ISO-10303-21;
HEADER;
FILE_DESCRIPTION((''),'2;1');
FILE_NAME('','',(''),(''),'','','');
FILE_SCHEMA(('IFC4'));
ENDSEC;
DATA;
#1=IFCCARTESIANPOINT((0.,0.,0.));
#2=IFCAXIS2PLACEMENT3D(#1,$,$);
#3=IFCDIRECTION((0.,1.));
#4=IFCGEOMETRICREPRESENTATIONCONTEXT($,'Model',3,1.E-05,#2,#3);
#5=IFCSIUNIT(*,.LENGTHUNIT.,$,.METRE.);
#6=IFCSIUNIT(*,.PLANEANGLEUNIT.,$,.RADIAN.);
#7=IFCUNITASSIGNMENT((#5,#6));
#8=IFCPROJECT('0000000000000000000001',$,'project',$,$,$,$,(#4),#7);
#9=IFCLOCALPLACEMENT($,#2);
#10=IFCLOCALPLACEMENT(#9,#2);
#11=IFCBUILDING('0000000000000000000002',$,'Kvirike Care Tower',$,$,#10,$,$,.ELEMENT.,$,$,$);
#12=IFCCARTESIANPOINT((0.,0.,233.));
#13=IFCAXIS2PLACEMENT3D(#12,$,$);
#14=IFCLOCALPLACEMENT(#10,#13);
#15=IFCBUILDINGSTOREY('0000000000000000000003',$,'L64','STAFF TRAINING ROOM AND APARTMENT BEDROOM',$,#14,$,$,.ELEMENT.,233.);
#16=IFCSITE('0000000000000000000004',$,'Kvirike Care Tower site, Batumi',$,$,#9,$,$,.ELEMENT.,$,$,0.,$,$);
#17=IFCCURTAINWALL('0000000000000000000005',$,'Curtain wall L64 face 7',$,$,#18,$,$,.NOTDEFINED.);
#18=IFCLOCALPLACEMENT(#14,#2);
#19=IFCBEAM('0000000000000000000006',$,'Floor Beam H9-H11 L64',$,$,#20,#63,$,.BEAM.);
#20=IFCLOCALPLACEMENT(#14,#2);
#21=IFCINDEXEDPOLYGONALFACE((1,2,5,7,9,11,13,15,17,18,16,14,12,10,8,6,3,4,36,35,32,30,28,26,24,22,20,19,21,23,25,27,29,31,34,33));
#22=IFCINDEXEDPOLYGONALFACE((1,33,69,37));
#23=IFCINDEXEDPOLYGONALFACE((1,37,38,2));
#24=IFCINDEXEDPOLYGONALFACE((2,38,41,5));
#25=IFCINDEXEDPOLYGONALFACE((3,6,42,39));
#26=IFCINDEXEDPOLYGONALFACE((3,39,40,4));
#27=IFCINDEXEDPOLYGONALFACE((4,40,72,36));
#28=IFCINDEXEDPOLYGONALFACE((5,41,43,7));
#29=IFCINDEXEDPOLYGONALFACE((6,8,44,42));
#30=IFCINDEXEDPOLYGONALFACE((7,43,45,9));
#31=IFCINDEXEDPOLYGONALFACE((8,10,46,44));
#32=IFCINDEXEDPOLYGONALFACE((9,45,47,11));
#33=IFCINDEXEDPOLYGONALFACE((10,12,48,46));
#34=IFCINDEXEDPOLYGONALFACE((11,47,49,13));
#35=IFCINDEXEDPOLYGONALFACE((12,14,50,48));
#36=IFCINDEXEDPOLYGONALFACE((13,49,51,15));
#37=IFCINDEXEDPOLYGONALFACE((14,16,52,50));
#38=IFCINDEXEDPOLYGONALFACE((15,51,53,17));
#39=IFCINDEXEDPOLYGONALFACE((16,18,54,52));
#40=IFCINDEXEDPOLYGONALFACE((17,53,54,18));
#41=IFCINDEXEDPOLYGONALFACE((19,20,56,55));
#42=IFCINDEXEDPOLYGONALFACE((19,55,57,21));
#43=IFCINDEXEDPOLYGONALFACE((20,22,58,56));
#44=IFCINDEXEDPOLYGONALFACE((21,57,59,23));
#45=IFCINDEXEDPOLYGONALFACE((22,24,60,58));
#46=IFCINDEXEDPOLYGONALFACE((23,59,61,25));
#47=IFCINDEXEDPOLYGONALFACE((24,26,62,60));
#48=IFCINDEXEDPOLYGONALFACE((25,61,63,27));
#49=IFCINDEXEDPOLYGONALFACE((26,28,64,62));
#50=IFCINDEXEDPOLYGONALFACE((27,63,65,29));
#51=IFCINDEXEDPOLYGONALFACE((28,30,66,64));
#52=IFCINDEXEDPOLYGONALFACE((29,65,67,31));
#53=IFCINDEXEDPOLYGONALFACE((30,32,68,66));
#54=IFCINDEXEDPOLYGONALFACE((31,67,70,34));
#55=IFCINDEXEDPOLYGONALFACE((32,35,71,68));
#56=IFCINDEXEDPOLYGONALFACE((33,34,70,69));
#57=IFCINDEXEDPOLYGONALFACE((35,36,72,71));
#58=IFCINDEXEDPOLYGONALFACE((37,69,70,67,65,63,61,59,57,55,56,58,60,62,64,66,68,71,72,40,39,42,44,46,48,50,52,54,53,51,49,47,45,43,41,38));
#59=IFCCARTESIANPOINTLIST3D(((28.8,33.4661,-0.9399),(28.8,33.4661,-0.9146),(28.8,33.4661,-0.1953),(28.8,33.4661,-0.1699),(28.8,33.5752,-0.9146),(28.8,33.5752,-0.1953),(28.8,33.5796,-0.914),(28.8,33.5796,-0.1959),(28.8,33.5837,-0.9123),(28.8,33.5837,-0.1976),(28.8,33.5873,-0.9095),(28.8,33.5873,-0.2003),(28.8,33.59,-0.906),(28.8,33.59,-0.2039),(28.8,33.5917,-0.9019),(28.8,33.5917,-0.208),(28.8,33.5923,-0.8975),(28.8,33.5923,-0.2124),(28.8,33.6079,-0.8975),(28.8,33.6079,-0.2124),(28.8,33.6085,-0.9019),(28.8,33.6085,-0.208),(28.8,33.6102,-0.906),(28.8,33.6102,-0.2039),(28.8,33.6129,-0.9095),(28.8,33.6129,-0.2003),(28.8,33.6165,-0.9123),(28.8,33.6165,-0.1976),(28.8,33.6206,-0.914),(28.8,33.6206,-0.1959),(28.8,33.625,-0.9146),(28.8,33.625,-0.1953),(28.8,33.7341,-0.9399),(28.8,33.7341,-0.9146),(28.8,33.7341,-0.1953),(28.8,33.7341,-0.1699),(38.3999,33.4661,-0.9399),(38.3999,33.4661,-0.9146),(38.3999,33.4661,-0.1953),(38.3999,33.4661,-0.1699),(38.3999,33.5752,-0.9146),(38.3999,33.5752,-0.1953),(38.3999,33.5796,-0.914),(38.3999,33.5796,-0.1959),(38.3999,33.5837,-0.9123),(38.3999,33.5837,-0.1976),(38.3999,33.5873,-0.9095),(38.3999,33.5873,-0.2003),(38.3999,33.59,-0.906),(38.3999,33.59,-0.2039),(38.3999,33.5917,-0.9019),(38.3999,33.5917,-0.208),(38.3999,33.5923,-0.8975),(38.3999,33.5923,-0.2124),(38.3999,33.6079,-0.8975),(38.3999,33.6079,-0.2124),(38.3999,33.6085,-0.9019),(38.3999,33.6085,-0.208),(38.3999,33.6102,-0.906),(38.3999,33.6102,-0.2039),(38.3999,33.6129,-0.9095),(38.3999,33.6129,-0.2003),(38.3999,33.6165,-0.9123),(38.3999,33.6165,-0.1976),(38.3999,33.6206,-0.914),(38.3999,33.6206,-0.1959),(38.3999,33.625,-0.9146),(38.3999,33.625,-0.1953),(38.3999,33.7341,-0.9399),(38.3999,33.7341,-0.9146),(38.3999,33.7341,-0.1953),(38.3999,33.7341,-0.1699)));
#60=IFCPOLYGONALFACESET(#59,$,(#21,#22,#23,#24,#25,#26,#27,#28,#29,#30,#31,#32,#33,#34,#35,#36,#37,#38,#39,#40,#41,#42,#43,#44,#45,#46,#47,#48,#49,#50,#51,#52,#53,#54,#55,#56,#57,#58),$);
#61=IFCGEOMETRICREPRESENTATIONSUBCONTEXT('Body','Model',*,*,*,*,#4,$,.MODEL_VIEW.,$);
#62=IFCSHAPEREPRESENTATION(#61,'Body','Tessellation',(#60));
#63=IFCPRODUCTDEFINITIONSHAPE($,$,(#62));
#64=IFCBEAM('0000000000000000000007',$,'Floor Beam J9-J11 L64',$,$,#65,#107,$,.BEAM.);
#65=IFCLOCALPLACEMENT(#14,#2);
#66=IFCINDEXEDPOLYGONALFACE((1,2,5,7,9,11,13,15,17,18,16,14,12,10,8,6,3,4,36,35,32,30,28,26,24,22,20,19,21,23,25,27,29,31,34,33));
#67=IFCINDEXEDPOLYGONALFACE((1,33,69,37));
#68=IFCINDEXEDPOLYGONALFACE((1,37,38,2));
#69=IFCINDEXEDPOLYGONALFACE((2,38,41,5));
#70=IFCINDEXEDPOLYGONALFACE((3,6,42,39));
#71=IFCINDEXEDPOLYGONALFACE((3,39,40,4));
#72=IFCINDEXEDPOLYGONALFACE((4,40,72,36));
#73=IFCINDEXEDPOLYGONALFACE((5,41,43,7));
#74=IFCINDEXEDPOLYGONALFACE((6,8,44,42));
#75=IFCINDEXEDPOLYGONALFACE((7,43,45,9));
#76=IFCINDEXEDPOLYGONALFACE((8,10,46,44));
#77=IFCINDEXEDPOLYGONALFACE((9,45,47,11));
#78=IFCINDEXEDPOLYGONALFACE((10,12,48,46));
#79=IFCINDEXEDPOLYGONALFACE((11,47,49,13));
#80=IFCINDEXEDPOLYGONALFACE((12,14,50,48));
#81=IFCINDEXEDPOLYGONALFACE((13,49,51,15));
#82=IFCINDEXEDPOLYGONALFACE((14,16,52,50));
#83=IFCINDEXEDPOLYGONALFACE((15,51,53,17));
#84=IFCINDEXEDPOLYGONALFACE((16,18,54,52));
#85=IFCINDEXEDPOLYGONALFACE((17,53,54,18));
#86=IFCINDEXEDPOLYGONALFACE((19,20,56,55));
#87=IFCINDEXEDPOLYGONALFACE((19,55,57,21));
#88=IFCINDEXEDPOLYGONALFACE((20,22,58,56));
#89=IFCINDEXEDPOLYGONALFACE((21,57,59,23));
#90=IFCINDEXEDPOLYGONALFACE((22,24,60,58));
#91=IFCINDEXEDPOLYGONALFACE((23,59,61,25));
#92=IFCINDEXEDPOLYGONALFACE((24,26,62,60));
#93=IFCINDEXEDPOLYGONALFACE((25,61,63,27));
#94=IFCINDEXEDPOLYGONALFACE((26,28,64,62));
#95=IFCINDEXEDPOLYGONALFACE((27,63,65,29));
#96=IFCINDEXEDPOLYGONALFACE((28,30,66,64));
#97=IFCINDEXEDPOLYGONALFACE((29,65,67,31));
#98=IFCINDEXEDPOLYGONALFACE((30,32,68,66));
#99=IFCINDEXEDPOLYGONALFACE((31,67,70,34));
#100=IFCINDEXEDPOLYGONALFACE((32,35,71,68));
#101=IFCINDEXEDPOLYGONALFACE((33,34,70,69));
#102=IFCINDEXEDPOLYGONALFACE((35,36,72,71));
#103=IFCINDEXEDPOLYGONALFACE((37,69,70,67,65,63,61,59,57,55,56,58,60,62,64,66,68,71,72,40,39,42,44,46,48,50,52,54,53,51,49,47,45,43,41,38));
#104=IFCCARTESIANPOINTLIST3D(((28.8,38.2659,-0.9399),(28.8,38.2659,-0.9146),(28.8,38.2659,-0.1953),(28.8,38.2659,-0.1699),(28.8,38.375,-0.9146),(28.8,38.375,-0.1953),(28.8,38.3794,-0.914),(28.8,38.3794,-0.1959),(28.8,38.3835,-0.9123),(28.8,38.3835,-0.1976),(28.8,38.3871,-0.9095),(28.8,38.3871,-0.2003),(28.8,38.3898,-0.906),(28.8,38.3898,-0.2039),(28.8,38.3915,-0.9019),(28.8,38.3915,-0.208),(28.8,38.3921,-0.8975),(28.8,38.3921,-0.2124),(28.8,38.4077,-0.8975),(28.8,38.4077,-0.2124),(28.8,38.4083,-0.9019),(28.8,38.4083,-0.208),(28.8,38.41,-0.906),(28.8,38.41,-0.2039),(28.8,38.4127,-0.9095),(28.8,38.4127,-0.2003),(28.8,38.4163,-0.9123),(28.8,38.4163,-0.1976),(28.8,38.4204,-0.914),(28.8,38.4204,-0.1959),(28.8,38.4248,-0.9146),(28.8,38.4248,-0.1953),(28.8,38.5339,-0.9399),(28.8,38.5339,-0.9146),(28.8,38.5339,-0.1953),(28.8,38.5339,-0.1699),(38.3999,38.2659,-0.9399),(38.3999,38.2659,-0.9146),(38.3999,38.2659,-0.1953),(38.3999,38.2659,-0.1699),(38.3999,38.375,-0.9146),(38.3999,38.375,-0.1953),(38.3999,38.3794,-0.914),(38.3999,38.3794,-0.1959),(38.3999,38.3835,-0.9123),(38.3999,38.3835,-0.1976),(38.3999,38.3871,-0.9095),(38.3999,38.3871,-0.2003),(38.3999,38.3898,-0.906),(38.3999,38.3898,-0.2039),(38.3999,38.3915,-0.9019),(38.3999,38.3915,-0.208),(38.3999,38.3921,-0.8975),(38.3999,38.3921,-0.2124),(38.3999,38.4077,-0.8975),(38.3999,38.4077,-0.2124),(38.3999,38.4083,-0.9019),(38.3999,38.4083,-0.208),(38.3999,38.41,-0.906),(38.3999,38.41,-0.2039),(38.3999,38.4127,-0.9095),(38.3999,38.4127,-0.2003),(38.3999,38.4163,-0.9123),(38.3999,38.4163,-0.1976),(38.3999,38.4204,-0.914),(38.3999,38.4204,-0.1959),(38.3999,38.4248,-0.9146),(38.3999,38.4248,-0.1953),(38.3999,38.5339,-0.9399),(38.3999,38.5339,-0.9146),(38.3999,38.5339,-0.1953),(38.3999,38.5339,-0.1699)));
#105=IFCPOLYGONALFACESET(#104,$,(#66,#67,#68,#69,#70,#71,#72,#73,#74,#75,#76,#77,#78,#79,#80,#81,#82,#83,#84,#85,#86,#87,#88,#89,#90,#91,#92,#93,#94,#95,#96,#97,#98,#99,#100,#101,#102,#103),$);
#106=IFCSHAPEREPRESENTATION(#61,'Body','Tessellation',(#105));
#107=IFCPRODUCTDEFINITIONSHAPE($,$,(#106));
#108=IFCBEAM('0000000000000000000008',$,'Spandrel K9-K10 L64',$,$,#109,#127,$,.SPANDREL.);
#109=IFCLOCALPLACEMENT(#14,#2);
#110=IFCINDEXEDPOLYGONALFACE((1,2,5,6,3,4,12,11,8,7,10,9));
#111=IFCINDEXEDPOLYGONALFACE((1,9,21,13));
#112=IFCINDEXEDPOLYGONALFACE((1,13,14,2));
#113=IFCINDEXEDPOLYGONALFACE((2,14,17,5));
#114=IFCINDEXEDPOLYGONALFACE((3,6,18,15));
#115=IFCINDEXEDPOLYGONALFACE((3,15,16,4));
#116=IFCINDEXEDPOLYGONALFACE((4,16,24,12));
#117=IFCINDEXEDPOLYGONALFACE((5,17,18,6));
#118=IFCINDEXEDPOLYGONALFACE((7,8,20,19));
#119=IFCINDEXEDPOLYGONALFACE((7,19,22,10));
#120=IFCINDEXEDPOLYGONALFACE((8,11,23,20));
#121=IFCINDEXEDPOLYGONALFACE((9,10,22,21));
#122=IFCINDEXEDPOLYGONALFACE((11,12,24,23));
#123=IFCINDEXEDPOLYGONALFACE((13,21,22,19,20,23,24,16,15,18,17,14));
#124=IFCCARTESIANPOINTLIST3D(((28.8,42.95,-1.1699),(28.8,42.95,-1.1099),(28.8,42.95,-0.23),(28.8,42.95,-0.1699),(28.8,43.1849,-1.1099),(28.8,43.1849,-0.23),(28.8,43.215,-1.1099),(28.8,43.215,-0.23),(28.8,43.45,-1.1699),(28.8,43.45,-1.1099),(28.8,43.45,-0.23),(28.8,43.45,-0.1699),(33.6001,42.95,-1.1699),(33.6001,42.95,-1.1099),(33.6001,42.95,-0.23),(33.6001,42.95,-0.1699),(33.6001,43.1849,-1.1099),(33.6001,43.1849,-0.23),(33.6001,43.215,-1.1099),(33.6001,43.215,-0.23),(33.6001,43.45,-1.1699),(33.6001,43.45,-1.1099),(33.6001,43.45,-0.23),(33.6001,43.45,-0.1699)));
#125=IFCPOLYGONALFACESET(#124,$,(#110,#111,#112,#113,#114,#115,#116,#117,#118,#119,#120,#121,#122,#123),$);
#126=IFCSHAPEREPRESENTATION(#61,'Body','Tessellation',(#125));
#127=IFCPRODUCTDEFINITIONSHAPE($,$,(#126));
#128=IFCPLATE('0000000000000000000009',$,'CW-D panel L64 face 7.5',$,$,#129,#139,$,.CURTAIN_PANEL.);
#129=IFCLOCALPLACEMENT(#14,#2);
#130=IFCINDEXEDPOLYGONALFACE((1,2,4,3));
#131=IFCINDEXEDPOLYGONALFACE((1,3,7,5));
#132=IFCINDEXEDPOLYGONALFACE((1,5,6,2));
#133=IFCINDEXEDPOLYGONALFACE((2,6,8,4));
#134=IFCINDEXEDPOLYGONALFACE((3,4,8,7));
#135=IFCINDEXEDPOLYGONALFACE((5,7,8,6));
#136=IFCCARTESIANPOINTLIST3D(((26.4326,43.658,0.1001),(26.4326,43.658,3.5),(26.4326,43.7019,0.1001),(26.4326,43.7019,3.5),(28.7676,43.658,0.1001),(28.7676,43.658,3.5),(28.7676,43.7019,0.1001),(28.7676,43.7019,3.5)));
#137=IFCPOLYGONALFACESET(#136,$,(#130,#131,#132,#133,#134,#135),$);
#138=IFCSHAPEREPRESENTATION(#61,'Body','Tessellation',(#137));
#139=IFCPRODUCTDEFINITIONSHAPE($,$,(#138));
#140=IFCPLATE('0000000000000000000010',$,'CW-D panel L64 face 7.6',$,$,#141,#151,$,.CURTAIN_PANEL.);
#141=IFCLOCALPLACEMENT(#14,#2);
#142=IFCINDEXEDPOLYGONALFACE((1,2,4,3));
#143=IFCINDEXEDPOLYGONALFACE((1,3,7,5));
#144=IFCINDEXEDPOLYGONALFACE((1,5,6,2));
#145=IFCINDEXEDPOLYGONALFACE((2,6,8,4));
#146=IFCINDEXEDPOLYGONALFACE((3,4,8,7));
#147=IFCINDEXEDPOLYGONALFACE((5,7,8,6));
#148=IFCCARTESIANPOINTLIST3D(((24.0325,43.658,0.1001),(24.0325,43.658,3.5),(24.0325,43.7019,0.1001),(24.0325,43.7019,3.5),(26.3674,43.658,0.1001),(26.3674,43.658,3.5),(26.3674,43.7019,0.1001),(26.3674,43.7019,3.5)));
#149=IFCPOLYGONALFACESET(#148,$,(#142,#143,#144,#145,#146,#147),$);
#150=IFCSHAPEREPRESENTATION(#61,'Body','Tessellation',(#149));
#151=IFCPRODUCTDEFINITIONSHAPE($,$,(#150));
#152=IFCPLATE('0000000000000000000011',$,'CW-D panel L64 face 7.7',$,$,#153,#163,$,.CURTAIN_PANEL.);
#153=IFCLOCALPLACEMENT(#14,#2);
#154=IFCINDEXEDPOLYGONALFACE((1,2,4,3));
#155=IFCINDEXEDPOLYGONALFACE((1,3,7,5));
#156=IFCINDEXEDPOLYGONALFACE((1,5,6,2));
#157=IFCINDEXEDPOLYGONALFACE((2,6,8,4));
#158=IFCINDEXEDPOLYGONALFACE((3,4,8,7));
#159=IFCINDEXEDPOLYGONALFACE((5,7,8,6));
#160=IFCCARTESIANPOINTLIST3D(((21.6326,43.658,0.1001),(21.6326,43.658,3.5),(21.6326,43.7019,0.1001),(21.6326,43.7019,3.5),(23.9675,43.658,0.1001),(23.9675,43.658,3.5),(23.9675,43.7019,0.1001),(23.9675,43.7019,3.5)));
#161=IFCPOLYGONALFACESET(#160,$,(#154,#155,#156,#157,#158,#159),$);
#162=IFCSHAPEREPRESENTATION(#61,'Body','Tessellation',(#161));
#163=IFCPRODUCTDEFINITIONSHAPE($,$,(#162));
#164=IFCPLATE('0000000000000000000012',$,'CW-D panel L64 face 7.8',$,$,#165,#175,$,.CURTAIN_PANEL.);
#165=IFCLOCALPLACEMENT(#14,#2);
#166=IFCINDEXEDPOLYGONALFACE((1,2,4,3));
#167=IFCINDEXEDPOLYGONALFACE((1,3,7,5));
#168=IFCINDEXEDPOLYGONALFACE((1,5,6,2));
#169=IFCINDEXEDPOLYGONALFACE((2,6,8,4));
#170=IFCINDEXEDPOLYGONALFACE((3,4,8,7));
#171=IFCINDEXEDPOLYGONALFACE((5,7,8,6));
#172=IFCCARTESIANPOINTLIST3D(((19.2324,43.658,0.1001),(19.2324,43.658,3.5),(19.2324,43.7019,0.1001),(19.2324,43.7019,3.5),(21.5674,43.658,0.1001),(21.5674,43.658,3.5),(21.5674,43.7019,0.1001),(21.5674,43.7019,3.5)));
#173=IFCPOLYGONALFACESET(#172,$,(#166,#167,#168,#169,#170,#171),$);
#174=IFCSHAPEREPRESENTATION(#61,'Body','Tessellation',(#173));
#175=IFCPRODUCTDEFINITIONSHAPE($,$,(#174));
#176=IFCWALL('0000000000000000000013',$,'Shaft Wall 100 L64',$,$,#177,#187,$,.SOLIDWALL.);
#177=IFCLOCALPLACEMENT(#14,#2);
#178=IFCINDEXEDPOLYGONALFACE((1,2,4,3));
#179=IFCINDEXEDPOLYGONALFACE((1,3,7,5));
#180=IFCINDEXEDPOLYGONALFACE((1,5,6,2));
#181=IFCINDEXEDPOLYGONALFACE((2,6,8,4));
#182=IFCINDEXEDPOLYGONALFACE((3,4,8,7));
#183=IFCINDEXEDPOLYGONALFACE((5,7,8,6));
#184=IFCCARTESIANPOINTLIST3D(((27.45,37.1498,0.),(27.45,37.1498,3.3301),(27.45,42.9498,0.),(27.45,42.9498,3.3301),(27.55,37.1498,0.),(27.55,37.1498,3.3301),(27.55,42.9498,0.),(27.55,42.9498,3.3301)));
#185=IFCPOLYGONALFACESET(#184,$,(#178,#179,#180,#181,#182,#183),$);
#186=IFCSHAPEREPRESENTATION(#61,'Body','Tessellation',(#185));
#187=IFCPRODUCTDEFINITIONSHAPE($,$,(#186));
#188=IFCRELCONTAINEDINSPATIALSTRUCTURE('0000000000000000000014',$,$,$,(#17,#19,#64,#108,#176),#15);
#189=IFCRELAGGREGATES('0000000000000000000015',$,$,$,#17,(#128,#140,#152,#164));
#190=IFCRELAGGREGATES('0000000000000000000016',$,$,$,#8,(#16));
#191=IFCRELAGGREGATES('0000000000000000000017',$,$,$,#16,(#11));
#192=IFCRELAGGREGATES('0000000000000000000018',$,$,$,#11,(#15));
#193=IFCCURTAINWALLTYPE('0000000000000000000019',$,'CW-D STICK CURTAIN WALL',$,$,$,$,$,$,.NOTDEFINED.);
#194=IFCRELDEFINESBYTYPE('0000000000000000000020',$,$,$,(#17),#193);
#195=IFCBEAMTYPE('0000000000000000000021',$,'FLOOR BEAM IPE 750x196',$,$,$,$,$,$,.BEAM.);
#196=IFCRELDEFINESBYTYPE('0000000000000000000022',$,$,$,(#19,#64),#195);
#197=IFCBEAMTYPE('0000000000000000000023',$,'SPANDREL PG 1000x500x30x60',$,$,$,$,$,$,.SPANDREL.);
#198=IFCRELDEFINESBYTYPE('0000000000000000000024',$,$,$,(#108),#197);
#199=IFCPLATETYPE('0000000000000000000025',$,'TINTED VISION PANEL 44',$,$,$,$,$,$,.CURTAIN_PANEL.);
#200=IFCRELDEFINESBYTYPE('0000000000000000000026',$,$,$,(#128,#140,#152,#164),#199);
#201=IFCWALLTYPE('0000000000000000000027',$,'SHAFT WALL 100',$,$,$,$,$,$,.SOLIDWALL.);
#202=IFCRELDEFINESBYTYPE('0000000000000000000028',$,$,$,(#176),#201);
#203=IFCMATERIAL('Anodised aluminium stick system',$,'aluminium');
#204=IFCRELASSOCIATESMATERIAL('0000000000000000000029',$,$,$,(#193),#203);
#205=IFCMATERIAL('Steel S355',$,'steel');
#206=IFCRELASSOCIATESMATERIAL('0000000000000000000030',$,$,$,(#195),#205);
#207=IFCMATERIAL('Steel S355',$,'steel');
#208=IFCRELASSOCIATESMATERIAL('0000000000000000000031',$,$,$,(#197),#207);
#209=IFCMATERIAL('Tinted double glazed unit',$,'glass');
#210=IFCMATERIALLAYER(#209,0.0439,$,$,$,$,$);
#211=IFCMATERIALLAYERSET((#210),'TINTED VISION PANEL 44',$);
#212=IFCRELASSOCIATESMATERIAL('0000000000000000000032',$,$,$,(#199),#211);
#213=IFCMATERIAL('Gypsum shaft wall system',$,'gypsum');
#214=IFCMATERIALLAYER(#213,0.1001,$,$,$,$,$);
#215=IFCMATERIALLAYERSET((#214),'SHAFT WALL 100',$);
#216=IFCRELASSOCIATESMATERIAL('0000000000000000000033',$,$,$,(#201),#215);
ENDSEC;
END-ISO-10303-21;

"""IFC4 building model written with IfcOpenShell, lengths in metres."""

from ifc_helpers import new_model, si_unit, direction, frame, frame_2d, origin, origin_2d, place, context, subcontext, project, spatial, rectangle, i_section, extrude, material, layer, layer_set, material_profile, profile_set, type_object, element, aggregate, save


model = new_model("IFC4")

# Units and contexts
model_context = context("Model", 3, precision=1e-05, world=origin(), true_north=direction((0.0, 1.0)))
body_context = subcontext(model_context, "Body", "Model", "MODEL_VIEW")
ifc_project = project(units=[si_unit("LENGTHUNIT", "METRE"), si_unit("PLANEANGLEUNIT", "RADIAN")], contexts=[model_context])

# Site, building, storey
site_placement = place(None, origin())
site = spatial("IfcSite", under=ifc_project, at=site_placement, Name="Kvirike Care Tower site, Batumi", CompositionType="ELEMENT", RefElevation=0.0)
building_placement = place(site_placement, origin())
building = spatial("IfcBuilding", under=site, at=building_placement, Name="Kvirike Care Tower", CompositionType="ELEMENT")
storey_placement = place(building_placement, frame((0.0, 0.0, 233.0)))
storey = spatial("IfcBuildingStorey", under=building, at=storey_placement, Name="L64", Description="STAFF TRAINING ROOM AND APARTMENT BEDROOM", CompositionType="ELEMENT", Elevation=233.0)

# Curtain wall
ifc_material_1 = material(Name="Anodised aluminium stick system", Category="aluminium")
curtain_wall_type = type_object("IfcCurtainWallType", Name="CW-D STICK CURTAIN WALL", PredefinedType="NOTDEFINED", material=ifc_material_1)
curtain_wall_placement = place(storey_placement, origin())
curtain_wall = element("IfcCurtainWall", 1, at=curtain_wall_placement, inside=storey, type_object=curtain_wall_type, Name="Curtain wall L64 face 7", PredefinedType="NOTDEFINED")

# Beams
ifc_material_2 = material(Name="Steel S355", Category="steel")
ifc_material_profile_1 = material_profile(ifc_material_2, i_section(OverallWidth=0.2681, OverallDepth=0.77, WebThickness=0.0156, FlangeThickness=0.0254, FilletRadius=0.0171, at=origin_2d()), Name="IPE 750x196")
ifc_profile_set_1 = profile_set([ifc_material_profile_1], Name="Steel S355")
beam_type_1 = type_object("IfcBeamType", Name="FLOOR BEAM IPE 750x196", PredefinedType="BEAM", material=ifc_profile_set_1)
for number, where, z_axis, x_axis, name in (
    (2, (28.8, 33.6001, -0.5549), (1.0, 0.0, 0.0), (0.0, 1.0, 0.0), "Floor Beam H9-H11 L64"),
    (3, (28.8, 38.3999, -0.5549), (1.0, 0.0, 0.0), (0.0, 1.0, 0.0), "Floor Beam J9-J11 L64"),
):
    element("IfcBeam", number, at=place(storey_placement, frame(where, z_axis=z_axis, x_axis=x_axis)), inside=storey, type_object=beam_type_1, Name=name, PredefinedType="BEAM", context=body_context, shape_type="SweptSolid", body=[
        extrude(i_section(OverallWidth=0.2681, OverallDepth=0.77, WebThickness=0.0156, FlangeThickness=0.0254, FilletRadius=0.0171, at=origin_2d()), origin(), (0.0, 0.0, 1.0), 9.5999),
    ])
ifc_material_3 = material(Name="Steel S355", Category="steel")
ifc_material_profile_2 = material_profile(ifc_material_3, i_section(OverallWidth=0.5, OverallDepth=1.0, WebThickness=0.03, FlangeThickness=0.0601, at=origin_2d()), Name="PG 1000x500x30x60")
ifc_profile_set_2 = profile_set([ifc_material_profile_2], Name="Steel S355")
beam_type_2 = type_object("IfcBeamType", Name="SPANDREL PG 1000x500x30x60", PredefinedType="SPANDREL", material=ifc_profile_set_2)
beam_placement = place(storey_placement, frame((28.8, 43.2, -0.6699), z_axis=(1.0, 0.0, 0.0), x_axis=(0.0, 1.0, 0.0)))
element("IfcBeam", 4, at=beam_placement, inside=storey, type_object=beam_type_2, Name="Spandrel K9-K10 L64", PredefinedType="SPANDREL", context=body_context, shape_type="SweptSolid", body=[
    extrude(i_section(OverallWidth=0.5, OverallDepth=1.0, WebThickness=0.03, FlangeThickness=0.0601, at=origin_2d()), origin(), (0.0, 0.0, 1.0), 4.8),
])

# Plates
ifc_material_4 = material(Name="Tinted double glazed unit", Category="glass")
ifc_layer_1 = layer(ifc_material_4, 0.0439)
ifc_layer_set_1 = layer_set([ifc_layer_1], Name="TINTED VISION PANEL 44")
plate_type = type_object("IfcPlateType", Name="TINTED VISION PANEL 44", PredefinedType="CURTAIN_PANEL", material=ifc_layer_set_1)
plate_1_placement = place(storey_placement, frame((27.6001, 43.6799, 0.1001), z_axis=(0.0, 0.0, 1.0), x_axis=(-1.0, 0.0, 0.0)))
plate_1 = element("IfcPlate", 5, at=plate_1_placement, type_object=plate_type, Name="CW-D panel L64 face 7.5", PredefinedType="CURTAIN_PANEL", context=body_context, shape_type="SweptSolid", body=[
    extrude(rectangle(XDim=2.335, YDim=0.0439, at=origin_2d()), origin(), (0.0, 0.0, 1.0), 3.3999),
])
plate_2_placement = place(storey_placement, frame((25.2, 43.6799, 0.1001), z_axis=(0.0, 0.0, 1.0), x_axis=(-1.0, 0.0, 0.0)))
plate_2 = element("IfcPlate", 6, at=plate_2_placement, type_object=plate_type, Name="CW-D panel L64 face 7.6", PredefinedType="CURTAIN_PANEL", context=body_context, shape_type="SweptSolid", body=[
    extrude(rectangle(XDim=2.335, YDim=0.0439, at=origin_2d()), origin(), (0.0, 0.0, 1.0), 3.3999),
])
plate_3_placement = place(storey_placement, frame((22.8, 43.6799, 0.1001), z_axis=(0.0, 0.0, 1.0), x_axis=(-1.0, 0.0, 0.0)))
plate_3 = element("IfcPlate", 7, at=plate_3_placement, type_object=plate_type, Name="CW-D panel L64 face 7.7", PredefinedType="CURTAIN_PANEL", context=body_context, shape_type="SweptSolid", body=[
    extrude(rectangle(XDim=2.335, YDim=0.0439, at=origin_2d()), origin(), (0.0, 0.0, 1.0), 3.3999),
])
plate_4_placement = place(storey_placement, frame((20.3999, 43.6799, 0.1001), z_axis=(0.0, 0.0, 1.0), x_axis=(-1.0, 0.0, 0.0)))
plate_4 = element("IfcPlate", 8, at=plate_4_placement, type_object=plate_type, Name="CW-D panel L64 face 7.8", PredefinedType="CURTAIN_PANEL", context=body_context, shape_type="SweptSolid", body=[
    extrude(rectangle(XDim=2.335, YDim=0.0439, at=origin_2d()), origin(), (0.0, 0.0, 1.0), 3.3999),
])
aggregate(curtain_wall, [plate_1, plate_2, plate_3, plate_4])

# Wall
ifc_material_5 = material(Name="Gypsum shaft wall system", Category="gypsum")
ifc_layer_2 = layer(ifc_material_5, 0.1001)
ifc_layer_set_2 = layer_set([ifc_layer_2], Name="SHAFT WALL 100")
wall_type = type_object("IfcWallType", Name="SHAFT WALL 100", PredefinedType="SOLIDWALL", material=ifc_layer_set_2)
wall_1_placement = place(storey_placement, frame((27.5, 37.1499, 0.0), z_axis=(0.0, 0.0, 1.0), x_axis=(0.0, 1.0, 0.0)))
element("IfcWall", 9, at=wall_1_placement, inside=storey, type_object=wall_type, Name="Shaft Wall 100 L64", PredefinedType="SOLIDWALL", context=body_context, shape_type="SweptSolid", body=[
    extrude(rectangle(XDim=5.8, YDim=0.1001, at=frame_2d((2.8999, 0.0))), origin(), (0.0, 0.0, 1.0), 3.3301),
])

save(model, "model.ifc")
